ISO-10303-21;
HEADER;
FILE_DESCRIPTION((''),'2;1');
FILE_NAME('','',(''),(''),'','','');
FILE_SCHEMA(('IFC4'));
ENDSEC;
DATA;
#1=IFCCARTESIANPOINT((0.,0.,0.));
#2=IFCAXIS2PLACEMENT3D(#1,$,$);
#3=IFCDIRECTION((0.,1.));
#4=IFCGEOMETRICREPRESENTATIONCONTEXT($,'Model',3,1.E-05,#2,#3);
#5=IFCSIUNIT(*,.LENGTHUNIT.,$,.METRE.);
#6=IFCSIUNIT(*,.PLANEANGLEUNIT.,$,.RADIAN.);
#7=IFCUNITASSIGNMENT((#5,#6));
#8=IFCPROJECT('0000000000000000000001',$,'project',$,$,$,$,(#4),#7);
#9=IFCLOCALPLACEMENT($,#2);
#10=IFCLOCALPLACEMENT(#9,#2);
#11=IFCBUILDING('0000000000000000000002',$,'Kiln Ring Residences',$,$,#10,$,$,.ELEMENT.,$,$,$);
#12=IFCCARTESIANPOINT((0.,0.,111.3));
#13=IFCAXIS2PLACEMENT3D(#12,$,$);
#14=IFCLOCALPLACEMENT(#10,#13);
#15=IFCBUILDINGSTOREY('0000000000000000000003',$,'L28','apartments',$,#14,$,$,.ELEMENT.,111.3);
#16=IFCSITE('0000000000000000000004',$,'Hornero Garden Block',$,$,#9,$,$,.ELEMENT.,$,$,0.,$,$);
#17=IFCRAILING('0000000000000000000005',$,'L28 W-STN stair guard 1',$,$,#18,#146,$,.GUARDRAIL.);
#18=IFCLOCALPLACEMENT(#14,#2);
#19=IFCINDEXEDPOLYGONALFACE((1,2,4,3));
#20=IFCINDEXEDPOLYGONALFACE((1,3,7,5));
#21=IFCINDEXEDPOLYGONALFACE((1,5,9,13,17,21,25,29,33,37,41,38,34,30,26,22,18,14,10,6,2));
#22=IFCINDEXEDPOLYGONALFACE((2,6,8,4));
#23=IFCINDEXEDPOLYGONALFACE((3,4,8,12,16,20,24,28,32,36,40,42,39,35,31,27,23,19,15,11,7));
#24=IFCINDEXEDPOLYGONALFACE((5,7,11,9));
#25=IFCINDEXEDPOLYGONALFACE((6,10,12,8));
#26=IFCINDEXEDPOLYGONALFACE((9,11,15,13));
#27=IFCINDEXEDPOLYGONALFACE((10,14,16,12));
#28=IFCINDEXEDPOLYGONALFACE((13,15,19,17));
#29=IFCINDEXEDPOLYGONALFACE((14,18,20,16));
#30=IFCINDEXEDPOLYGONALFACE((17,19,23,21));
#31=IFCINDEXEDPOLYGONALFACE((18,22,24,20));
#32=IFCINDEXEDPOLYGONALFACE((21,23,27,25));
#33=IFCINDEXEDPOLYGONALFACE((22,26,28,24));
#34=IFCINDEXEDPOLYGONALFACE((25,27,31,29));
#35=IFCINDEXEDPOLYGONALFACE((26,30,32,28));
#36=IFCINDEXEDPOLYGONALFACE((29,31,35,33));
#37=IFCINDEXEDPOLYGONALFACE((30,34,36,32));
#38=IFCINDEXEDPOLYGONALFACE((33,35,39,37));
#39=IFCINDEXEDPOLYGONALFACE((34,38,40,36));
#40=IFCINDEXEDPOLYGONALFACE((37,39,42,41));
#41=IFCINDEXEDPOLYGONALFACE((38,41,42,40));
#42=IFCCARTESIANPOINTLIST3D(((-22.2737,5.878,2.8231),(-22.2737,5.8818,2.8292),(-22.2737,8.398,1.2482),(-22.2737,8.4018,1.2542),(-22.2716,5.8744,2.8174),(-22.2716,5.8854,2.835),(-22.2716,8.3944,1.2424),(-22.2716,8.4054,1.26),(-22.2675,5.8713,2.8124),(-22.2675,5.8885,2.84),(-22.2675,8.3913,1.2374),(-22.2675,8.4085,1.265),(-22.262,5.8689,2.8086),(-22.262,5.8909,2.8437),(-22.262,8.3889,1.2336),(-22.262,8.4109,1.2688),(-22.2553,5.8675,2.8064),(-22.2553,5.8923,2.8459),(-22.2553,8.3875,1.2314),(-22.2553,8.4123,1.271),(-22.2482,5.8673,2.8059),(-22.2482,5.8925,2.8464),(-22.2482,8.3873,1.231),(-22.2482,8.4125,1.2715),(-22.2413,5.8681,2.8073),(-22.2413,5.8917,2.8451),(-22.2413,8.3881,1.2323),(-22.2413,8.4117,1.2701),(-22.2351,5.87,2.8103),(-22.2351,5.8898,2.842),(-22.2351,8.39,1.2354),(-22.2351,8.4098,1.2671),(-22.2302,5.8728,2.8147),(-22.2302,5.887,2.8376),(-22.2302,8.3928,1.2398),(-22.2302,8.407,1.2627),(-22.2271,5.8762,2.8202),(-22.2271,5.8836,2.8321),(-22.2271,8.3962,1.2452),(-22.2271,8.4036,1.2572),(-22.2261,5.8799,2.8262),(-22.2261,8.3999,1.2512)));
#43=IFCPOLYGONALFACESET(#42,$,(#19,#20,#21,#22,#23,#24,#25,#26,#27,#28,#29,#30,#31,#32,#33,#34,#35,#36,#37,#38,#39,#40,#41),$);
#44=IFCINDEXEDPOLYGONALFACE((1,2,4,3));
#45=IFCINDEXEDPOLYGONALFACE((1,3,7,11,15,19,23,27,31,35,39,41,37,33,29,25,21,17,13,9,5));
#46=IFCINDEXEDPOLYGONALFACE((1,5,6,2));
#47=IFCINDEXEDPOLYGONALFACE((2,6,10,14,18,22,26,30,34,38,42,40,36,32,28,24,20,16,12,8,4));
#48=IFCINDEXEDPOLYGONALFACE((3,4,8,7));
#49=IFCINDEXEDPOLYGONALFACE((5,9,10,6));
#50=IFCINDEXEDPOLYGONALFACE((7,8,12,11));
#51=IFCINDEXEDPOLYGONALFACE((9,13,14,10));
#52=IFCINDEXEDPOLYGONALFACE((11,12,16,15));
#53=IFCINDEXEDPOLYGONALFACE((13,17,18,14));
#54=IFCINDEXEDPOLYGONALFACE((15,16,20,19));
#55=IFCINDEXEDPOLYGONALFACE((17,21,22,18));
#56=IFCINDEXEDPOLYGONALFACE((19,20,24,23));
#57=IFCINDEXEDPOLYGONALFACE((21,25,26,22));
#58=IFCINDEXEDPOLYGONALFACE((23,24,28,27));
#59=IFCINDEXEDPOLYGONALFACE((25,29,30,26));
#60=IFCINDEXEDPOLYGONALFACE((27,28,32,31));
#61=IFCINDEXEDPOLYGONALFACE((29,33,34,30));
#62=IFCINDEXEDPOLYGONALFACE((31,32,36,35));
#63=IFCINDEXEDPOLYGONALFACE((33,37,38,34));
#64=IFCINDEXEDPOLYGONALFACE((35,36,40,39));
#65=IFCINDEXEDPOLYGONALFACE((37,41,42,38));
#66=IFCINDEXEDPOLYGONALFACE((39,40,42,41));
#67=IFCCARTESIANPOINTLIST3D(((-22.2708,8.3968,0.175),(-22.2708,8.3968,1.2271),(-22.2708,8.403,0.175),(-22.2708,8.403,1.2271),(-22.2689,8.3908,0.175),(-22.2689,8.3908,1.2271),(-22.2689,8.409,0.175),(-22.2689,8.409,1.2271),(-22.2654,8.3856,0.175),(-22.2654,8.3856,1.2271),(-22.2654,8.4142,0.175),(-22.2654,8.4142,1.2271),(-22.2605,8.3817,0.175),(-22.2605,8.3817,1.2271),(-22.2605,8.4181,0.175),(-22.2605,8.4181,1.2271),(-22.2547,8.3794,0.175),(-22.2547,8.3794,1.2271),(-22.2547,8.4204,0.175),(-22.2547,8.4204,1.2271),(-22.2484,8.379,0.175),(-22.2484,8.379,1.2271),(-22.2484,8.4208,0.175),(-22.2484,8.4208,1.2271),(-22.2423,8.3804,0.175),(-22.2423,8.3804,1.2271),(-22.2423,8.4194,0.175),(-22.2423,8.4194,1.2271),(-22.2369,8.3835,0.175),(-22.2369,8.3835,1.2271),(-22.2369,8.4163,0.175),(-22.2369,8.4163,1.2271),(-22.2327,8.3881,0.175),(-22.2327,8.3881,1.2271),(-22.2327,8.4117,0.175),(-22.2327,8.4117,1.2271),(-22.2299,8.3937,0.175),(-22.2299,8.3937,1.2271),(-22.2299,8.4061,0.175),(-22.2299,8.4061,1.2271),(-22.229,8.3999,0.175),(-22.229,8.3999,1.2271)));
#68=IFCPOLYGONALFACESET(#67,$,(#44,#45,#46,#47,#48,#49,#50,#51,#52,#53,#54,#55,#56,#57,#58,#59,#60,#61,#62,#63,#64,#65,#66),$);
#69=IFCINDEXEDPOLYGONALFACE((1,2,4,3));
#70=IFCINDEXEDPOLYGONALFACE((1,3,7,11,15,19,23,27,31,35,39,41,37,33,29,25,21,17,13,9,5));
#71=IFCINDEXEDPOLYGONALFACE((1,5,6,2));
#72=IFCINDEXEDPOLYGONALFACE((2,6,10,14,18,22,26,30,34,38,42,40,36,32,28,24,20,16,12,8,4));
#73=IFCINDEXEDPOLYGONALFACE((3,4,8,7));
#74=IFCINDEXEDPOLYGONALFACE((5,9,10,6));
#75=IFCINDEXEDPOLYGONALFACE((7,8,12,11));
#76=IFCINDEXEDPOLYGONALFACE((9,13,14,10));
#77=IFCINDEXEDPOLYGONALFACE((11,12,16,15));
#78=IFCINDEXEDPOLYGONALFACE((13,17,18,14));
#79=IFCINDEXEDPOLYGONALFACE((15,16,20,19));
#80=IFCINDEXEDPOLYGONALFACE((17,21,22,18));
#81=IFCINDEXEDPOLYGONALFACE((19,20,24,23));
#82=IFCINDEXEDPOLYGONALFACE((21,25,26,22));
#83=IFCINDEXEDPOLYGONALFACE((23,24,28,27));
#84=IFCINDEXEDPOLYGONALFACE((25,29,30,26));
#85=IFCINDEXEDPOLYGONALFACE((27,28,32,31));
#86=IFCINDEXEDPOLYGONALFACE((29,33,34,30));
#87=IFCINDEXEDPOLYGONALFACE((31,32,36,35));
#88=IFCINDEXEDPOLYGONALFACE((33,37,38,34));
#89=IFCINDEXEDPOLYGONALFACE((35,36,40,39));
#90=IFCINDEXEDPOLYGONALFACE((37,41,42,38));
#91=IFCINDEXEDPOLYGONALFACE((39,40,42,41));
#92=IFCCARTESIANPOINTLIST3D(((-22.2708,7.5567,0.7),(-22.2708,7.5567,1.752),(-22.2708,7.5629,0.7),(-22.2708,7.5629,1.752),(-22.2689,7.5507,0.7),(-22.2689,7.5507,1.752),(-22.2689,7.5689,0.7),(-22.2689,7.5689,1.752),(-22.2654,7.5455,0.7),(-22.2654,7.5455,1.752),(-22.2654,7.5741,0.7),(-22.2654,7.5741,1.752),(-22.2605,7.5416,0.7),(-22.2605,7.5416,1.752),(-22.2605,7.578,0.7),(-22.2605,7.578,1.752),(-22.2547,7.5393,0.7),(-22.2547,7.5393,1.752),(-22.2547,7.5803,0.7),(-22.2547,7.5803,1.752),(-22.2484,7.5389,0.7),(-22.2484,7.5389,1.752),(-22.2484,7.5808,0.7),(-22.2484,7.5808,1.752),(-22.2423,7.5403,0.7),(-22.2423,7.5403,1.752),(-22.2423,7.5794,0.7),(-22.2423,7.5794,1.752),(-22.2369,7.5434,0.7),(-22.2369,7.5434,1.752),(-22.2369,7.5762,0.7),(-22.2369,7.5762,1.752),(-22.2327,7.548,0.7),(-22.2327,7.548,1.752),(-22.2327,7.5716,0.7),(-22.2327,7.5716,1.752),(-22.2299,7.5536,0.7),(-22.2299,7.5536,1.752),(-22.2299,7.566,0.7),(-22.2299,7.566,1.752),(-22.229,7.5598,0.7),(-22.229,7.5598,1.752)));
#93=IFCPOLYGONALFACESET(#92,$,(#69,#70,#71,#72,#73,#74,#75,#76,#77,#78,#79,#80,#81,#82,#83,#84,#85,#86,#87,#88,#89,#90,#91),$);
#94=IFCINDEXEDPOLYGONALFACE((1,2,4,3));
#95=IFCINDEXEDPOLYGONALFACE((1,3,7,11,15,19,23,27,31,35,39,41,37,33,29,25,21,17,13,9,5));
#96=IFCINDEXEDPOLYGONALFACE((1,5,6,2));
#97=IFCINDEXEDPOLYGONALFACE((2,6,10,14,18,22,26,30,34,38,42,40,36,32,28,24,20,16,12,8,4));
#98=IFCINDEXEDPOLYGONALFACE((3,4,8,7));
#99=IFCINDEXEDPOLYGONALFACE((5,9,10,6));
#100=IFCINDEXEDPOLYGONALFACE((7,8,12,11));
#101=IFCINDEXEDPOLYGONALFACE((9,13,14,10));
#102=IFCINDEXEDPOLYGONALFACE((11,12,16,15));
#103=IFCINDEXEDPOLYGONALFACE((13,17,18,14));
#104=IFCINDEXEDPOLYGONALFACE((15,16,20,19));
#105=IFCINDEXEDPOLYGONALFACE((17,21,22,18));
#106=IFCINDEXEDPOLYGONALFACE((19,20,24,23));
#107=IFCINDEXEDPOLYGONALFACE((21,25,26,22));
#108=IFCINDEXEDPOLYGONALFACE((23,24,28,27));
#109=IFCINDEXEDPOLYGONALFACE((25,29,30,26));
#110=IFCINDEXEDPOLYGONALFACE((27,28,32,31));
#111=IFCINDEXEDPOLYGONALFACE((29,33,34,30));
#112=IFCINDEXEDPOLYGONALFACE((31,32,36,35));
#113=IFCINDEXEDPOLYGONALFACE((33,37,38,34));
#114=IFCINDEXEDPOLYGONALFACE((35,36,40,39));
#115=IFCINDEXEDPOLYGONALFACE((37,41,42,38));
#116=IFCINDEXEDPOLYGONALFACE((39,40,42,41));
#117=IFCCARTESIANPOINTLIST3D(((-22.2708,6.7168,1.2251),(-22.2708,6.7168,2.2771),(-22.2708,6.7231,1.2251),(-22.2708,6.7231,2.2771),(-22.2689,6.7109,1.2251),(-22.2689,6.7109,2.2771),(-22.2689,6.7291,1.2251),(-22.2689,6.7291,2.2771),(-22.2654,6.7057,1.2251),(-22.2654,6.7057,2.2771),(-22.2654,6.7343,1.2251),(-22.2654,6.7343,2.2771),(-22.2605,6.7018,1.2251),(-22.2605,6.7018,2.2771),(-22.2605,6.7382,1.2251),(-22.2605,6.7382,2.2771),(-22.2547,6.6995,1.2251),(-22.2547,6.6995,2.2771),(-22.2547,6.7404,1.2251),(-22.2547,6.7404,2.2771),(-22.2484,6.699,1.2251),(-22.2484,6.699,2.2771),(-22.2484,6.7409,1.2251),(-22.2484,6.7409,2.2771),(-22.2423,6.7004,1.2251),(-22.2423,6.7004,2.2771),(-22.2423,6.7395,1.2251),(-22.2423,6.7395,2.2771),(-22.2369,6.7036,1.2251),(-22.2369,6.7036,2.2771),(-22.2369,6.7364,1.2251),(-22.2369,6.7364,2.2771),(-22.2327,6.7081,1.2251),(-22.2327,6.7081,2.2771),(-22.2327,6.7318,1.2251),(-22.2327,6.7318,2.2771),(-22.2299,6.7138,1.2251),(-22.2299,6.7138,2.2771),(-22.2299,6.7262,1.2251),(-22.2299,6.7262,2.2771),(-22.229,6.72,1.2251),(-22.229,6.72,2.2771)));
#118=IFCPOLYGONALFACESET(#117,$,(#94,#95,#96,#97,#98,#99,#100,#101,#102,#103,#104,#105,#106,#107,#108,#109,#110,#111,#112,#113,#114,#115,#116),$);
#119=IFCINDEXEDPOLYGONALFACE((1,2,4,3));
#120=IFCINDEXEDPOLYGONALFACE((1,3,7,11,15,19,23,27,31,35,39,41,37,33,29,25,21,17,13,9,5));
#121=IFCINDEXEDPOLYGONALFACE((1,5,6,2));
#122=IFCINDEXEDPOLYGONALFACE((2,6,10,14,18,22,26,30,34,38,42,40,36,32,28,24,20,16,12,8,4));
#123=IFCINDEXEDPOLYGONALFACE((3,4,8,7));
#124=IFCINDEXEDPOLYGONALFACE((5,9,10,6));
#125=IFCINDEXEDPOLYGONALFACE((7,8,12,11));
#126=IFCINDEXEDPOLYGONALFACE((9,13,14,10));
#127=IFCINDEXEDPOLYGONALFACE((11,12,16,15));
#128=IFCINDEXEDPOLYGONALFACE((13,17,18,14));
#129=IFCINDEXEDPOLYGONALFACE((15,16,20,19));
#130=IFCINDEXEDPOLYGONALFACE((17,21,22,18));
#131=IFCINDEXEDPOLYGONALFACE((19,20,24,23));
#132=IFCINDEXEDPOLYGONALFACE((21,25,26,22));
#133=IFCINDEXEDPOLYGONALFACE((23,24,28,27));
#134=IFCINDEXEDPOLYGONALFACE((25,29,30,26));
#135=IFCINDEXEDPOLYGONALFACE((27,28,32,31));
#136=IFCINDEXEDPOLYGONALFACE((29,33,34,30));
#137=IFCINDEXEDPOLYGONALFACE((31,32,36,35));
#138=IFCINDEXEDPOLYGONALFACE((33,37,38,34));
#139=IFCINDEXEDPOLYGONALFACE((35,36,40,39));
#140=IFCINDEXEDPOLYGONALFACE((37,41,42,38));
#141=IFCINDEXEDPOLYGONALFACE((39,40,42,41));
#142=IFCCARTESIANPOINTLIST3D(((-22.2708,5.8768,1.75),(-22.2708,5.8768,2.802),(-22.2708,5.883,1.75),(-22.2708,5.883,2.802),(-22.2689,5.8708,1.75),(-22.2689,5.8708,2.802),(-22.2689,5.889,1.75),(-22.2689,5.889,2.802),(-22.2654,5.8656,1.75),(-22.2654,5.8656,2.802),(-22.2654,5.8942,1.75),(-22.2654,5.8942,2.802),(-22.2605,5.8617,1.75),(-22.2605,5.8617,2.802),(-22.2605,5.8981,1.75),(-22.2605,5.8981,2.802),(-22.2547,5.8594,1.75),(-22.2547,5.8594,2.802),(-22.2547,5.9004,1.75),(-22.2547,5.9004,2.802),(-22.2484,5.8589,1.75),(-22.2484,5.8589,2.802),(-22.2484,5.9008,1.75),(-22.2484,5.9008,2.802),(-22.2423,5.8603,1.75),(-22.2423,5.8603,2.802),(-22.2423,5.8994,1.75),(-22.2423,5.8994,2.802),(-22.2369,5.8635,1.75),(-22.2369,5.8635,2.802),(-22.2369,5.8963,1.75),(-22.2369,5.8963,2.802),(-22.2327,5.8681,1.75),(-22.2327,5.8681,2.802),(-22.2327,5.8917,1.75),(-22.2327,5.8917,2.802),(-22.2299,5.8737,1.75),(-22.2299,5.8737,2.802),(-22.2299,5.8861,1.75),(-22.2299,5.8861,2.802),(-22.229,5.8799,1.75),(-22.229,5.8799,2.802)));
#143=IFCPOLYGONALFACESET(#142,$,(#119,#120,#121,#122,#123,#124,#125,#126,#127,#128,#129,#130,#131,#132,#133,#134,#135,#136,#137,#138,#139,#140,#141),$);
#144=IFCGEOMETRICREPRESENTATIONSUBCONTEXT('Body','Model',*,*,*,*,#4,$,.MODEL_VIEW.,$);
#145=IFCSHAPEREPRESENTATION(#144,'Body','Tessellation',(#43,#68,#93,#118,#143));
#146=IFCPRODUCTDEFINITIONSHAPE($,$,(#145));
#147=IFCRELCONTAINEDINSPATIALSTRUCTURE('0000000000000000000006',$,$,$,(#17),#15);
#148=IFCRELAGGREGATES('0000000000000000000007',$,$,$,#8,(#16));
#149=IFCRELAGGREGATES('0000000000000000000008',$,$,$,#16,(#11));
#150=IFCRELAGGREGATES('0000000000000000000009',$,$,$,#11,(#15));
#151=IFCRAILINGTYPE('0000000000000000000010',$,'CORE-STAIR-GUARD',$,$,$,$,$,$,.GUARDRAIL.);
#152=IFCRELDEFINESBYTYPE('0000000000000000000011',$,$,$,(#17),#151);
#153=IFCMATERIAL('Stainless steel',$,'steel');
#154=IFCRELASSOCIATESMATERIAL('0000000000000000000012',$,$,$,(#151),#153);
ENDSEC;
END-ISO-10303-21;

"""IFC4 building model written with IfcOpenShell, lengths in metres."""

from ifc_helpers import new_model, si_unit, direction, frame, origin, origin_2d, place, context, subcontext, project, spatial, circle, extrude, material, type_object, element, save


model = new_model("IFC4")

# Units and contexts
model_context = context("Model", 3, precision=1e-05, world=origin(), true_north=direction((0.0, 1.0)))
body_context = subcontext(model_context, "Body", "Model", "MODEL_VIEW")
ifc_project = project(units=[si_unit("LENGTHUNIT", "METRE"), si_unit("PLANEANGLEUNIT", "RADIAN")], contexts=[model_context])

# Site, building, storey
site_placement = place(None, origin())
site = spatial("IfcSite", under=ifc_project, at=site_placement, Name="Hornero Garden Block", CompositionType="ELEMENT", RefElevation=0.0)
building_placement = place(site_placement, origin())
building = spatial("IfcBuilding", under=site, at=building_placement, Name="Kiln Ring Residences", CompositionType="ELEMENT")
storey_placement = place(building_placement, frame((0.0, 0.0, 111.3)))
storey = spatial("IfcBuildingStorey", under=building, at=storey_placement, Name="L28", Description="apartments", CompositionType="ELEMENT", Elevation=111.3)

# Railing
ifc_material_1 = material(Name="Stainless steel", Category="steel")
railing_type_1 = type_object("IfcRailingType", Name="CORE-STAIR-GUARD", PredefinedType="GUARDRAIL", material=ifc_material_1)
railing_1_placement = place(storey_placement, frame((-22.25, 8.3999, 0.175)))
element("IfcRailing", 1, at=railing_1_placement, inside=storey, type_object=railing_type_1, Name="L28 W-STN stair guard 1", PredefinedType="GUARDRAIL", context=body_context, shape_type="SweptSolid", body=[
    extrude(circle(Radius=0.0239, at=origin_2d()), frame((0.0, 0.0, 1.0762), z_axis=(0.0, -0.848008, 0.529984), x_axis=(1.0, 0.0, 0.0)), (0.0, 0.0, 1.0), 2.9717),
    extrude(circle(Radius=0.021, at=origin_2d()), origin(), (0.0, 0.0, 1.0), 1.052),
    extrude(circle(Radius=0.021, at=origin_2d()), frame((0.0, -0.8401, 0.5249)), (0.0, 0.0, 1.0), 1.052),
    extrude(circle(Radius=0.021, at=origin_2d()), frame((0.0, -1.6799, 1.05)), (0.0, 0.0, 1.0), 1.052),
    extrude(circle(Radius=0.021, at=origin_2d()), frame((0.0, -2.52, 1.575)), (0.0, 0.0, 1.0), 1.052),
])

save(model, "model.ifc")
